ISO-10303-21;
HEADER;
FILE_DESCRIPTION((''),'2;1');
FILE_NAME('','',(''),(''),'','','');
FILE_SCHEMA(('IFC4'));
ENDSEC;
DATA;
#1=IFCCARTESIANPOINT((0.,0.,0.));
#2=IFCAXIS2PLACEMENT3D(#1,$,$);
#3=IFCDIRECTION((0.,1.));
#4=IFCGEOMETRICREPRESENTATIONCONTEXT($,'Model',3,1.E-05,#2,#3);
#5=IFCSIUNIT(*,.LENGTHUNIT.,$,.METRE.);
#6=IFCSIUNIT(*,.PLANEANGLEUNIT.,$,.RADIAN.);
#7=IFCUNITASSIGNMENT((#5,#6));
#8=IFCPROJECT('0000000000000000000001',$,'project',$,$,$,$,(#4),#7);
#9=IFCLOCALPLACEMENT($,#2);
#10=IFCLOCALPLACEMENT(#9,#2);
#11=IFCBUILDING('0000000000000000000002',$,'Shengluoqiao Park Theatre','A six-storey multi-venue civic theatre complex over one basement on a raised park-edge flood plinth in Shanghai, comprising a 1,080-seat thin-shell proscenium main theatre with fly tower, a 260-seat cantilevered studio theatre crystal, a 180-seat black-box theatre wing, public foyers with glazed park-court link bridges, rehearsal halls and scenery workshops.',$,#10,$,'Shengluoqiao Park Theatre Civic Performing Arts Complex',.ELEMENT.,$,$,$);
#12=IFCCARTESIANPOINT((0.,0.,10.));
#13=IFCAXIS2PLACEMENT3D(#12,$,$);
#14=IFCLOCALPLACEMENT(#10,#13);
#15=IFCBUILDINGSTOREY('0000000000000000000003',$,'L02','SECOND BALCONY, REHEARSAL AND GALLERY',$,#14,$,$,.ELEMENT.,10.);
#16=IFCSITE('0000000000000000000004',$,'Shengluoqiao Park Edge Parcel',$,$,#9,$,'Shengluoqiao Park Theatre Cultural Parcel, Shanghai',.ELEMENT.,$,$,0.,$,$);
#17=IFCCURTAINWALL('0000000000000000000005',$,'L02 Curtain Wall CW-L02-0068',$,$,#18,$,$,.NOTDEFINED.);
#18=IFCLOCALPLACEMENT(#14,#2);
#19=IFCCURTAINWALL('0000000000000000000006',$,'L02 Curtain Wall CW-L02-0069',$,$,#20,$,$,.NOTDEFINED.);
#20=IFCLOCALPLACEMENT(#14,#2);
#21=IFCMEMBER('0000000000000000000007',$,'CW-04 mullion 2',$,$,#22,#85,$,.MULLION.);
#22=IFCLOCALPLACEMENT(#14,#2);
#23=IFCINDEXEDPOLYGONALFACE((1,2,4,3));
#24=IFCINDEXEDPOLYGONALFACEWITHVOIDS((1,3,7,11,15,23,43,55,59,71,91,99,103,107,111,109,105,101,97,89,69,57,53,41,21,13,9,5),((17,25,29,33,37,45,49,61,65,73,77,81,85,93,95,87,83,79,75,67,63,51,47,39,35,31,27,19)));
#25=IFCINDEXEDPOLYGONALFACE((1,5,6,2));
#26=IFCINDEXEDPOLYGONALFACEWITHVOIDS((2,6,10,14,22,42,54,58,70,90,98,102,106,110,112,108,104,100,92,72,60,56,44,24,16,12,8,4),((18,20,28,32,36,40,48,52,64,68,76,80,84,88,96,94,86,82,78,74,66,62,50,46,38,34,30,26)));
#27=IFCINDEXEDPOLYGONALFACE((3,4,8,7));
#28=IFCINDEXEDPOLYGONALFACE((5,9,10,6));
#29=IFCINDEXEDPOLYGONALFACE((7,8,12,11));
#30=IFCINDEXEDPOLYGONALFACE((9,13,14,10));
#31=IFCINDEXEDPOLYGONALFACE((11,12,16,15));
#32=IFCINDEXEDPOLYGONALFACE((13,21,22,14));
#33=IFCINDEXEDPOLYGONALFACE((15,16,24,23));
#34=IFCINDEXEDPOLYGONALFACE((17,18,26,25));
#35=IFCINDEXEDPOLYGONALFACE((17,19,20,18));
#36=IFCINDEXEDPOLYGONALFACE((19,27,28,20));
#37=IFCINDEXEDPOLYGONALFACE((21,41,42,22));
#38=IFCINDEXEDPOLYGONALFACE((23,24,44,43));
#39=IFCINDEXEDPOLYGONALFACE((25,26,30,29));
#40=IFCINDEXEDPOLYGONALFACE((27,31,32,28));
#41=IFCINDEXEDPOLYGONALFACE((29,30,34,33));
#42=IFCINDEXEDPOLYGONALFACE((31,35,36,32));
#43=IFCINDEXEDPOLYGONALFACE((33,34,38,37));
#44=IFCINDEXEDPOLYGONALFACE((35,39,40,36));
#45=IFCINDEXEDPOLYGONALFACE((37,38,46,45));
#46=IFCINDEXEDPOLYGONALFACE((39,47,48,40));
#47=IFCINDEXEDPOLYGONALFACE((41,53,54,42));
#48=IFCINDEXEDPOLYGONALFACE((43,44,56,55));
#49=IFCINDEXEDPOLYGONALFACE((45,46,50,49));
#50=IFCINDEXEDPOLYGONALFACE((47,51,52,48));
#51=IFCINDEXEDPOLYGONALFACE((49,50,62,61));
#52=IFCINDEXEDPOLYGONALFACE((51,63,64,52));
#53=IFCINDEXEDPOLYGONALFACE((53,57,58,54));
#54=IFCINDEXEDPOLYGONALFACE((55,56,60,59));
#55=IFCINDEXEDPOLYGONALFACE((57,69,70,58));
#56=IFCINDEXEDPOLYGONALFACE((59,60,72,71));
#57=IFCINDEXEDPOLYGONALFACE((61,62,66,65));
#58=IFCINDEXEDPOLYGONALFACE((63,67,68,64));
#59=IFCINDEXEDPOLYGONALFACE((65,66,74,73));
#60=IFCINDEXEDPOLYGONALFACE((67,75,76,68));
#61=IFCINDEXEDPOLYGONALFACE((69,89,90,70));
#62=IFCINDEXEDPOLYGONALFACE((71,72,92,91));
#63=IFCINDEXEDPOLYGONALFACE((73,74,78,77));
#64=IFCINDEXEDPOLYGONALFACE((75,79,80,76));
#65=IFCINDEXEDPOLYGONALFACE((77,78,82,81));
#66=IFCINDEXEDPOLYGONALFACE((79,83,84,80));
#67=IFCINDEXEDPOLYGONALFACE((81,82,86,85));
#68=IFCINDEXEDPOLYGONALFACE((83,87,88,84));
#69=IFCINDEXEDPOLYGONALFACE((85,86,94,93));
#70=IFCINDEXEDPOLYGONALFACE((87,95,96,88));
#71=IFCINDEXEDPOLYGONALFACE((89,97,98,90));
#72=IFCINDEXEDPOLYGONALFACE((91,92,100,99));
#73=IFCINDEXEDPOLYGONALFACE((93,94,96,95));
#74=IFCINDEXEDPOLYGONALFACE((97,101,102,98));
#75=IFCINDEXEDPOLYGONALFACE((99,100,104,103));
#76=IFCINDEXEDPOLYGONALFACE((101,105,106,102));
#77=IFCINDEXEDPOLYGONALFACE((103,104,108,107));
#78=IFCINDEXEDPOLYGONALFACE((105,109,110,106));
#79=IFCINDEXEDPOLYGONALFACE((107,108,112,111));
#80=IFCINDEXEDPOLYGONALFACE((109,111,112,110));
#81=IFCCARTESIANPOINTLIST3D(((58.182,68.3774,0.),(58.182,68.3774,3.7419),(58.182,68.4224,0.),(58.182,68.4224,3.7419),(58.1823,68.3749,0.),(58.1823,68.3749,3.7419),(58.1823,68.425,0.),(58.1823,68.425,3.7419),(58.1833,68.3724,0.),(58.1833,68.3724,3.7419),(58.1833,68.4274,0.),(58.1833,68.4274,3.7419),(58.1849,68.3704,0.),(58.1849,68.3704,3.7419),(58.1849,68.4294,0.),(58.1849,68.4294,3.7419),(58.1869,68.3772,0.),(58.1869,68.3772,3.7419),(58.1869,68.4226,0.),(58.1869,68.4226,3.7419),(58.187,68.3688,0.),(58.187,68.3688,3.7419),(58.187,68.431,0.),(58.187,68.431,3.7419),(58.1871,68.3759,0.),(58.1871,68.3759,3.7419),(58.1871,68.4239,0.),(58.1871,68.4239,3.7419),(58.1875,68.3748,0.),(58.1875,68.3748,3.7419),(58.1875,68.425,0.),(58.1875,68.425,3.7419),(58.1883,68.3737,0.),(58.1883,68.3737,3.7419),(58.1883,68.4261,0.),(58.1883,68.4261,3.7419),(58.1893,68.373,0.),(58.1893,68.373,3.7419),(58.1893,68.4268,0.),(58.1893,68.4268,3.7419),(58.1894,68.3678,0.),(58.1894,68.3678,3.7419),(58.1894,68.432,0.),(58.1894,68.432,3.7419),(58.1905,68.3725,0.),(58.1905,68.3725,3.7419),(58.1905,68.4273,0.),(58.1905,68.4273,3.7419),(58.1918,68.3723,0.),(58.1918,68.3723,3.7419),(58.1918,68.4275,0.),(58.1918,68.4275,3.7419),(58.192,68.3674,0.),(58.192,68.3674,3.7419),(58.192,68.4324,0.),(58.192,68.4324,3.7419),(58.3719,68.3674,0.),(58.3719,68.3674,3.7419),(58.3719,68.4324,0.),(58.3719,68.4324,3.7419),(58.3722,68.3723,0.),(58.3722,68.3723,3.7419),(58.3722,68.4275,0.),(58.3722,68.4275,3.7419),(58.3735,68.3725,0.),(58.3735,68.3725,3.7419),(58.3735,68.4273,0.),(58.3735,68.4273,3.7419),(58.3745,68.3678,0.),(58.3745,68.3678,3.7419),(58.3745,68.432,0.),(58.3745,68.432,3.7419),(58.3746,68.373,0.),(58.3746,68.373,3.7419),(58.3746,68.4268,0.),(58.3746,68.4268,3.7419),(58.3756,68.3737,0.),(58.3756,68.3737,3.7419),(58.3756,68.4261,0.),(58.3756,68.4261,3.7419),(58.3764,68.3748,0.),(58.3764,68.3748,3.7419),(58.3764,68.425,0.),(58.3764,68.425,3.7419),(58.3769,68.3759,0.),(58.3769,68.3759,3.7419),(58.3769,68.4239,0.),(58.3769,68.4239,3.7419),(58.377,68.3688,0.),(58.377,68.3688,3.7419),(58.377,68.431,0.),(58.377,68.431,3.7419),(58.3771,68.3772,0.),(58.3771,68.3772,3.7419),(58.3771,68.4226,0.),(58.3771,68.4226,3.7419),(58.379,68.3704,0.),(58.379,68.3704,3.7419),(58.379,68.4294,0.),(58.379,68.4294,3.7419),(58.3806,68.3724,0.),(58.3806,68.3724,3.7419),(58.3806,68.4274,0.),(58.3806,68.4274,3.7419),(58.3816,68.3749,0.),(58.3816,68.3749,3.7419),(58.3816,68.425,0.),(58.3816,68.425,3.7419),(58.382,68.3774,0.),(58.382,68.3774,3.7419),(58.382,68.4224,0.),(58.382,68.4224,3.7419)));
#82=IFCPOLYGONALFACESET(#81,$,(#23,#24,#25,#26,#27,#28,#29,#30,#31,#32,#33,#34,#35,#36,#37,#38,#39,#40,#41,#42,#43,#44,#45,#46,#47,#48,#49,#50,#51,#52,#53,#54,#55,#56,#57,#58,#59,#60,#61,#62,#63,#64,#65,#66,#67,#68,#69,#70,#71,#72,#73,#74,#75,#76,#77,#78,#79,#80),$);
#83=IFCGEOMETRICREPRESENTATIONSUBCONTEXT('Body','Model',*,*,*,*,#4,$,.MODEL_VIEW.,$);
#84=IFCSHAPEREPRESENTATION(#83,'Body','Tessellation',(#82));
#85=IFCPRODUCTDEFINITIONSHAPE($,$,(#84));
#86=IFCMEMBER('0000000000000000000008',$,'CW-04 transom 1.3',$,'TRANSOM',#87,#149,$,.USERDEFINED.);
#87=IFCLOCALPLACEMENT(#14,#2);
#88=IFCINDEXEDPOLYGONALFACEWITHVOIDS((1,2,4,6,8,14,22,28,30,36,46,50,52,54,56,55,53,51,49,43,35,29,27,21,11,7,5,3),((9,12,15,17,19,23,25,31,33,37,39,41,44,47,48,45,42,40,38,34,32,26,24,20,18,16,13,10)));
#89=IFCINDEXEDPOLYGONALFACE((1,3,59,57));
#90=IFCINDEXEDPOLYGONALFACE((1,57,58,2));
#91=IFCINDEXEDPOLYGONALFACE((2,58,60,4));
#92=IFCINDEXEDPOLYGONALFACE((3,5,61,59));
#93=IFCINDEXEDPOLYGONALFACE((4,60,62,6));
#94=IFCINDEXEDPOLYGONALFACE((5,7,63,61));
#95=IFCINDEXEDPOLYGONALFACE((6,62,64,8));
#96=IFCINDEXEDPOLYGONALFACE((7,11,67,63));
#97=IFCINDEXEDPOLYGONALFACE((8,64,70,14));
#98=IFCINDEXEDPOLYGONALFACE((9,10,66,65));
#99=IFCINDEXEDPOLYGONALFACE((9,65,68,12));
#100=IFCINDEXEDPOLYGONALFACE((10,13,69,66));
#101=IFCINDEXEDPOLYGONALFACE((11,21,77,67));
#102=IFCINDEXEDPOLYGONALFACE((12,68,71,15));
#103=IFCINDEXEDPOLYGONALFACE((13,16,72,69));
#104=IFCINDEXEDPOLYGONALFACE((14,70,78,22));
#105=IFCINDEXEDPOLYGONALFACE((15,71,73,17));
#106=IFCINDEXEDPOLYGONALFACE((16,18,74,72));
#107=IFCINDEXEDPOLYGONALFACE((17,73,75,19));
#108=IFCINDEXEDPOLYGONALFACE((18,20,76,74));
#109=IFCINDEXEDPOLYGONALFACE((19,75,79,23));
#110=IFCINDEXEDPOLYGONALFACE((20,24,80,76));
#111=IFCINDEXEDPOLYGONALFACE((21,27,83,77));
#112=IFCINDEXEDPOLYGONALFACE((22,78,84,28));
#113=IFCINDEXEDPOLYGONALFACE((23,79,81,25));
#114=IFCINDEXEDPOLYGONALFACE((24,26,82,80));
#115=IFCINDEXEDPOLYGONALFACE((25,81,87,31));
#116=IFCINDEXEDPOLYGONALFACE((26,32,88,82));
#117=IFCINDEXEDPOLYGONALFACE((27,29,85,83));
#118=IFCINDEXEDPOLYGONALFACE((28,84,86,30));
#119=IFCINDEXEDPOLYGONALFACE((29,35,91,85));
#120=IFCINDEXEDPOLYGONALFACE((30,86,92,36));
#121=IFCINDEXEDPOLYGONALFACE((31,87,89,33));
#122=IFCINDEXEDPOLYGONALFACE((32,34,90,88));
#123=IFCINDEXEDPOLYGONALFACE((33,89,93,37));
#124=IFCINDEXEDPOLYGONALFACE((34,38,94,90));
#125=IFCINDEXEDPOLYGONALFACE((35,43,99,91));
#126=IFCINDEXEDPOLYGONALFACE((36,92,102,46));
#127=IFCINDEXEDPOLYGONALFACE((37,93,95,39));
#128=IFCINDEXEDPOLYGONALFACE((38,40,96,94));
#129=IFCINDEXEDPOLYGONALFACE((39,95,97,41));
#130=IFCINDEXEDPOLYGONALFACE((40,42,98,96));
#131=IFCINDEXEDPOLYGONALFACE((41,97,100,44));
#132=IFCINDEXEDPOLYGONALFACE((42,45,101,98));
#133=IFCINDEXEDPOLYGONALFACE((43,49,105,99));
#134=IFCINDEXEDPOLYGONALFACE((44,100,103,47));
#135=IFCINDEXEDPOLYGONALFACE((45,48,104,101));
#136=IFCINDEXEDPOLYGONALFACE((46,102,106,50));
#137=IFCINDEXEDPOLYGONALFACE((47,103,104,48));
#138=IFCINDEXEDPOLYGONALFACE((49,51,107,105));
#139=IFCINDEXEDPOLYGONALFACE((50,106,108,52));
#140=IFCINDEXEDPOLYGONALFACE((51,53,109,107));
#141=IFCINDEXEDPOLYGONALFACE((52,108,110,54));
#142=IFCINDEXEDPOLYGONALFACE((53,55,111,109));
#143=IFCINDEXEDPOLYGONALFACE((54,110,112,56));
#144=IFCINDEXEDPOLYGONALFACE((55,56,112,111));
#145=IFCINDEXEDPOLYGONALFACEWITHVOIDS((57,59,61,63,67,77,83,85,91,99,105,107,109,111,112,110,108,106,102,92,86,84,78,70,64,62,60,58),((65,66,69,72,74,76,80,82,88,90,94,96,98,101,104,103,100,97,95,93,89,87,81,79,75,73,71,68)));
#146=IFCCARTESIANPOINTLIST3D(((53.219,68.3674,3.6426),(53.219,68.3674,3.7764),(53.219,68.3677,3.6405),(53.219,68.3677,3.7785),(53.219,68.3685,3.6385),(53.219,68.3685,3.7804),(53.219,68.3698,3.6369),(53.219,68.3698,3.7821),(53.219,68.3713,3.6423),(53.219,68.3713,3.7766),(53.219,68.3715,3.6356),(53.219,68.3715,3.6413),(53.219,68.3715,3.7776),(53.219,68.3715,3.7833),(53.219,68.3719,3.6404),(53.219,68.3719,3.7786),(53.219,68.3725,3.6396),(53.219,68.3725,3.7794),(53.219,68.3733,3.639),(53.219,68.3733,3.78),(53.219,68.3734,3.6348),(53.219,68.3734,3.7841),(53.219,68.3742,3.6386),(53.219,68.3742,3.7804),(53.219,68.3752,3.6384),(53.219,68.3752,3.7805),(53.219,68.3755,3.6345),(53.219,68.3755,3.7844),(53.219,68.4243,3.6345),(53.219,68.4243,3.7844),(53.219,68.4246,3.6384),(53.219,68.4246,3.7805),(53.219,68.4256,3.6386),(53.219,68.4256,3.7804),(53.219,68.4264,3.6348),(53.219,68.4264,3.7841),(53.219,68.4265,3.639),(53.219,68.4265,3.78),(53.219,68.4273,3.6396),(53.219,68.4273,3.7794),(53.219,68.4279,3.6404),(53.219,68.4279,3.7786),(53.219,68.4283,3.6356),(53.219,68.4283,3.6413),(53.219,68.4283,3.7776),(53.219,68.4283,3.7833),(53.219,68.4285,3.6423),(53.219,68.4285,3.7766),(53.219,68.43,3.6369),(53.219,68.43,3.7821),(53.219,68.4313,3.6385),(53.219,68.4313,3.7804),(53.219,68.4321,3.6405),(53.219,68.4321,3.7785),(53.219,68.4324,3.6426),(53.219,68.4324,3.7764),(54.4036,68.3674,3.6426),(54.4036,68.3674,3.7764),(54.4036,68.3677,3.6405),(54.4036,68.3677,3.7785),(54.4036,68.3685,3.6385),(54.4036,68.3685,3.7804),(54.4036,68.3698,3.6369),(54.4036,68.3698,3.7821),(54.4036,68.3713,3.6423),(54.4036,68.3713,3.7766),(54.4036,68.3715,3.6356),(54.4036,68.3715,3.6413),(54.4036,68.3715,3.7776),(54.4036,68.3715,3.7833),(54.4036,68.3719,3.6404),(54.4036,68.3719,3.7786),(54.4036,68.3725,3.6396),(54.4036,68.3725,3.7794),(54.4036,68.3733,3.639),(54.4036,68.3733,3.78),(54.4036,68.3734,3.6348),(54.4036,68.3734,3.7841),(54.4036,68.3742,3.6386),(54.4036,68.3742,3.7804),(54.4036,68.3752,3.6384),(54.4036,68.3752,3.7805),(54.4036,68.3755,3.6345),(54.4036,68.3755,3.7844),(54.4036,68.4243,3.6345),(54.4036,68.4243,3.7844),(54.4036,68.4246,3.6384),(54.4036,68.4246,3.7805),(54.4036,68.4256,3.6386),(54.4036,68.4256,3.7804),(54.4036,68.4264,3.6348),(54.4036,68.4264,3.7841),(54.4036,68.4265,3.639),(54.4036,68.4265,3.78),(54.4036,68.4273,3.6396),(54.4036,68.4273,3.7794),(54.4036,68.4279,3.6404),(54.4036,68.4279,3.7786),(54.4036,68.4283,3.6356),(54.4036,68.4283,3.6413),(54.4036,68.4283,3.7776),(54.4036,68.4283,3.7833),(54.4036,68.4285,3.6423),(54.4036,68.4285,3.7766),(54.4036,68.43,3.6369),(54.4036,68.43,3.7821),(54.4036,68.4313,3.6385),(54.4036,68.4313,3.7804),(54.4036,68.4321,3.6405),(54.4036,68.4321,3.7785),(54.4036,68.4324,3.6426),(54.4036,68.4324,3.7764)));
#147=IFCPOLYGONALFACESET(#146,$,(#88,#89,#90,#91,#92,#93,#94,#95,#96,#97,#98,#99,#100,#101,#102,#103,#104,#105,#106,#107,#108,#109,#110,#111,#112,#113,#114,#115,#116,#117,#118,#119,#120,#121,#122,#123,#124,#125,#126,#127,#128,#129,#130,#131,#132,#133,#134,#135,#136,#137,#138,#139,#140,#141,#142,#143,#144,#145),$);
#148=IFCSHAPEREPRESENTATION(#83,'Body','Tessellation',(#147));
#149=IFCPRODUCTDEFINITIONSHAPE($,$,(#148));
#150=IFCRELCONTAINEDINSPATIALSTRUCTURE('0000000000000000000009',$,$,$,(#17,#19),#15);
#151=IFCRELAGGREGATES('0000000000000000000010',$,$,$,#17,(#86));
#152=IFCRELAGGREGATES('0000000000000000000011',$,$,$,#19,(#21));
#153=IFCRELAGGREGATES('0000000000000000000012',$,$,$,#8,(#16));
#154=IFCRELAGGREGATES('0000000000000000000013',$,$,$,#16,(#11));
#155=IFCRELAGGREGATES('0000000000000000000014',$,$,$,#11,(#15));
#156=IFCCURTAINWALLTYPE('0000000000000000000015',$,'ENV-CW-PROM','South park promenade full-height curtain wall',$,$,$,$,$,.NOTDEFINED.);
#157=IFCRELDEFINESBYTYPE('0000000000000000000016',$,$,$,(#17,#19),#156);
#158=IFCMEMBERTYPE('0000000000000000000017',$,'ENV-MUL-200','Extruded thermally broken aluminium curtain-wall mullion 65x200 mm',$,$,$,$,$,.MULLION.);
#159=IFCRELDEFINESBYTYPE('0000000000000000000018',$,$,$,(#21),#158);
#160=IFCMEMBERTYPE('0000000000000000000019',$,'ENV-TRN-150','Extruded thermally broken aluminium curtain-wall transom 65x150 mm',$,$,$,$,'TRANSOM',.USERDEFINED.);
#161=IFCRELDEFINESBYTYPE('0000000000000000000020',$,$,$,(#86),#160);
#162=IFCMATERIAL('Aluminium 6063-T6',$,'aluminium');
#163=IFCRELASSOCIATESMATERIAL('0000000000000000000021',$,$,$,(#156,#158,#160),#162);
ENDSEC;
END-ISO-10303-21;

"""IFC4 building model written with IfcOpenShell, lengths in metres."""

from ifc_helpers import new_model, si_unit, direction, frame, origin, origin_2d, place, context, subcontext, project, spatial, hollow_rectangle, extrude, material, material_profile, profile_set, type_object, element, aggregate, save


model = new_model("IFC4")

# Units and contexts
model_context = context("Model", 3, precision=1e-05, world=origin(), true_north=direction((0.0, 1.0)))
body_context = subcontext(model_context, "Body", "Model", "MODEL_VIEW")
ifc_project = project(units=[si_unit("LENGTHUNIT", "METRE"), si_unit("PLANEANGLEUNIT", "RADIAN")], contexts=[model_context])

# Site, building, storey
site_placement = place(None, origin())
site = spatial("IfcSite", under=ifc_project, at=site_placement, Name="Shengluoqiao Park Edge Parcel", LongName="Shengluoqiao Park Theatre Cultural Parcel, Shanghai", CompositionType="ELEMENT", RefElevation=0.0)
building_placement = place(site_placement, origin())
building = spatial("IfcBuilding", under=site, at=building_placement, Name="Shengluoqiao Park Theatre", Description="A six-storey multi-venue civic theatre complex over one basement on a raised park-edge flood plinth in Shanghai, comprising a 1,080-seat thin-shell proscenium main theatre with fly tower, a 260-seat cantilevered studio theatre crystal, a 180-seat black-box theatre wing, public foyers with glazed park-court link bridges, rehearsal halls and scenery workshops.", LongName="Shengluoqiao Park Theatre Civic Performing Arts Complex", CompositionType="ELEMENT")
storey_placement = place(building_placement, frame((0.0, 0.0, 10.0)))
storey = spatial("IfcBuildingStorey", under=building, at=storey_placement, Name="L02", Description="SECOND BALCONY, REHEARSAL AND GALLERY", CompositionType="ELEMENT", Elevation=10.0)

# Curtain walls, member
ifc_material_1 = material(Name="Aluminium 6063-T6", Category="aluminium")
curtain_wall_type = type_object("IfcCurtainWallType", Name="ENV-CW-PROM", Description="South park promenade full-height curtain wall", PredefinedType="NOTDEFINED", material=ifc_material_1)
curtain_wall_1_placement = place(storey_placement, origin())
curtain_wall_1 = element("IfcCurtainWall", 1, at=curtain_wall_1_placement, inside=storey, type_object=curtain_wall_type, Name="L02 Curtain Wall CW-L02-0068", PredefinedType="NOTDEFINED")
ifc_material_profile_1 = material_profile(ifc_material_1, hollow_rectangle(XDim=0.0649, YDim=0.2, WallThickness=0.0049, InnerFilletRadius=0.0049, OuterFilletRadius=0.01, at=origin_2d()), Name="ALU MULLION 200x65x5")
ifc_profile_set_1 = profile_set([ifc_material_profile_1], Name="Aluminium 6063-T6")
member_type_1 = type_object("IfcMemberType", Name="ENV-MUL-200", Description="Extruded thermally broken aluminium curtain-wall mullion 65x200 mm", PredefinedType="MULLION", material=ifc_profile_set_1)
curtain_wall_2_placement = place(storey_placement, origin())
curtain_wall_2 = element("IfcCurtainWall", 2, at=curtain_wall_2_placement, inside=storey, type_object=curtain_wall_type, Name="L02 Curtain Wall CW-L02-0069", PredefinedType="NOTDEFINED")
member_1_placement = place(storey_placement, frame((58.282, 68.3999, 0.0), z_axis=(0.0, 0.0, 1.0), x_axis=(0.0, 1.0, 0.0)))
member_1 = element("IfcMember", 3, at=member_1_placement, type_object=member_type_1, Name="CW-04 mullion 2", PredefinedType="MULLION", context=body_context, shape_type="SweptSolid", body=[
    extrude(hollow_rectangle(XDim=0.0649, YDim=0.2, WallThickness=0.0049, InnerFilletRadius=0.0049, OuterFilletRadius=0.01, at=origin_2d()), origin(), (0.0, 0.0, 1.0), 3.7419),
])

# Member
ifc_material_profile_2 = material_profile(ifc_material_1, hollow_rectangle(XDim=0.0649, YDim=0.1499, WallThickness=0.0039, InnerFilletRadius=0.0039, OuterFilletRadius=0.0081, at=origin_2d()), Name="ALU TRANSOM 150x65x4")
ifc_profile_set_2 = profile_set([ifc_material_profile_2], Name="Aluminium 6063-T6")
member_type_2 = type_object("IfcMemberType", Name="ENV-TRN-150", Description="Extruded thermally broken aluminium curtain-wall transom 65x150 mm", ElementType="TRANSOM", PredefinedType="USERDEFINED", material=ifc_profile_set_2)
member_2_placement = place(storey_placement, frame((53.219, 68.3999, 3.7095), z_axis=(1.0, 0.0, 0.0), x_axis=(0.0, 1.0, 0.0)))
member_2 = element("IfcMember", 4, at=member_2_placement, type_object=member_type_2, Name="CW-04 transom 1.3", ObjectType="TRANSOM", PredefinedType="USERDEFINED", context=body_context, shape_type="SweptSolid", body=[
    extrude(hollow_rectangle(XDim=0.0649, YDim=0.1499, WallThickness=0.0039, InnerFilletRadius=0.0039, OuterFilletRadius=0.0081, at=origin_2d()), origin(), (0.0, 0.0, 1.0), 1.1846),
])

aggregate(curtain_wall_1, [member_2])
aggregate(curtain_wall_2, [member_1])

save(model, "model.ifc")
